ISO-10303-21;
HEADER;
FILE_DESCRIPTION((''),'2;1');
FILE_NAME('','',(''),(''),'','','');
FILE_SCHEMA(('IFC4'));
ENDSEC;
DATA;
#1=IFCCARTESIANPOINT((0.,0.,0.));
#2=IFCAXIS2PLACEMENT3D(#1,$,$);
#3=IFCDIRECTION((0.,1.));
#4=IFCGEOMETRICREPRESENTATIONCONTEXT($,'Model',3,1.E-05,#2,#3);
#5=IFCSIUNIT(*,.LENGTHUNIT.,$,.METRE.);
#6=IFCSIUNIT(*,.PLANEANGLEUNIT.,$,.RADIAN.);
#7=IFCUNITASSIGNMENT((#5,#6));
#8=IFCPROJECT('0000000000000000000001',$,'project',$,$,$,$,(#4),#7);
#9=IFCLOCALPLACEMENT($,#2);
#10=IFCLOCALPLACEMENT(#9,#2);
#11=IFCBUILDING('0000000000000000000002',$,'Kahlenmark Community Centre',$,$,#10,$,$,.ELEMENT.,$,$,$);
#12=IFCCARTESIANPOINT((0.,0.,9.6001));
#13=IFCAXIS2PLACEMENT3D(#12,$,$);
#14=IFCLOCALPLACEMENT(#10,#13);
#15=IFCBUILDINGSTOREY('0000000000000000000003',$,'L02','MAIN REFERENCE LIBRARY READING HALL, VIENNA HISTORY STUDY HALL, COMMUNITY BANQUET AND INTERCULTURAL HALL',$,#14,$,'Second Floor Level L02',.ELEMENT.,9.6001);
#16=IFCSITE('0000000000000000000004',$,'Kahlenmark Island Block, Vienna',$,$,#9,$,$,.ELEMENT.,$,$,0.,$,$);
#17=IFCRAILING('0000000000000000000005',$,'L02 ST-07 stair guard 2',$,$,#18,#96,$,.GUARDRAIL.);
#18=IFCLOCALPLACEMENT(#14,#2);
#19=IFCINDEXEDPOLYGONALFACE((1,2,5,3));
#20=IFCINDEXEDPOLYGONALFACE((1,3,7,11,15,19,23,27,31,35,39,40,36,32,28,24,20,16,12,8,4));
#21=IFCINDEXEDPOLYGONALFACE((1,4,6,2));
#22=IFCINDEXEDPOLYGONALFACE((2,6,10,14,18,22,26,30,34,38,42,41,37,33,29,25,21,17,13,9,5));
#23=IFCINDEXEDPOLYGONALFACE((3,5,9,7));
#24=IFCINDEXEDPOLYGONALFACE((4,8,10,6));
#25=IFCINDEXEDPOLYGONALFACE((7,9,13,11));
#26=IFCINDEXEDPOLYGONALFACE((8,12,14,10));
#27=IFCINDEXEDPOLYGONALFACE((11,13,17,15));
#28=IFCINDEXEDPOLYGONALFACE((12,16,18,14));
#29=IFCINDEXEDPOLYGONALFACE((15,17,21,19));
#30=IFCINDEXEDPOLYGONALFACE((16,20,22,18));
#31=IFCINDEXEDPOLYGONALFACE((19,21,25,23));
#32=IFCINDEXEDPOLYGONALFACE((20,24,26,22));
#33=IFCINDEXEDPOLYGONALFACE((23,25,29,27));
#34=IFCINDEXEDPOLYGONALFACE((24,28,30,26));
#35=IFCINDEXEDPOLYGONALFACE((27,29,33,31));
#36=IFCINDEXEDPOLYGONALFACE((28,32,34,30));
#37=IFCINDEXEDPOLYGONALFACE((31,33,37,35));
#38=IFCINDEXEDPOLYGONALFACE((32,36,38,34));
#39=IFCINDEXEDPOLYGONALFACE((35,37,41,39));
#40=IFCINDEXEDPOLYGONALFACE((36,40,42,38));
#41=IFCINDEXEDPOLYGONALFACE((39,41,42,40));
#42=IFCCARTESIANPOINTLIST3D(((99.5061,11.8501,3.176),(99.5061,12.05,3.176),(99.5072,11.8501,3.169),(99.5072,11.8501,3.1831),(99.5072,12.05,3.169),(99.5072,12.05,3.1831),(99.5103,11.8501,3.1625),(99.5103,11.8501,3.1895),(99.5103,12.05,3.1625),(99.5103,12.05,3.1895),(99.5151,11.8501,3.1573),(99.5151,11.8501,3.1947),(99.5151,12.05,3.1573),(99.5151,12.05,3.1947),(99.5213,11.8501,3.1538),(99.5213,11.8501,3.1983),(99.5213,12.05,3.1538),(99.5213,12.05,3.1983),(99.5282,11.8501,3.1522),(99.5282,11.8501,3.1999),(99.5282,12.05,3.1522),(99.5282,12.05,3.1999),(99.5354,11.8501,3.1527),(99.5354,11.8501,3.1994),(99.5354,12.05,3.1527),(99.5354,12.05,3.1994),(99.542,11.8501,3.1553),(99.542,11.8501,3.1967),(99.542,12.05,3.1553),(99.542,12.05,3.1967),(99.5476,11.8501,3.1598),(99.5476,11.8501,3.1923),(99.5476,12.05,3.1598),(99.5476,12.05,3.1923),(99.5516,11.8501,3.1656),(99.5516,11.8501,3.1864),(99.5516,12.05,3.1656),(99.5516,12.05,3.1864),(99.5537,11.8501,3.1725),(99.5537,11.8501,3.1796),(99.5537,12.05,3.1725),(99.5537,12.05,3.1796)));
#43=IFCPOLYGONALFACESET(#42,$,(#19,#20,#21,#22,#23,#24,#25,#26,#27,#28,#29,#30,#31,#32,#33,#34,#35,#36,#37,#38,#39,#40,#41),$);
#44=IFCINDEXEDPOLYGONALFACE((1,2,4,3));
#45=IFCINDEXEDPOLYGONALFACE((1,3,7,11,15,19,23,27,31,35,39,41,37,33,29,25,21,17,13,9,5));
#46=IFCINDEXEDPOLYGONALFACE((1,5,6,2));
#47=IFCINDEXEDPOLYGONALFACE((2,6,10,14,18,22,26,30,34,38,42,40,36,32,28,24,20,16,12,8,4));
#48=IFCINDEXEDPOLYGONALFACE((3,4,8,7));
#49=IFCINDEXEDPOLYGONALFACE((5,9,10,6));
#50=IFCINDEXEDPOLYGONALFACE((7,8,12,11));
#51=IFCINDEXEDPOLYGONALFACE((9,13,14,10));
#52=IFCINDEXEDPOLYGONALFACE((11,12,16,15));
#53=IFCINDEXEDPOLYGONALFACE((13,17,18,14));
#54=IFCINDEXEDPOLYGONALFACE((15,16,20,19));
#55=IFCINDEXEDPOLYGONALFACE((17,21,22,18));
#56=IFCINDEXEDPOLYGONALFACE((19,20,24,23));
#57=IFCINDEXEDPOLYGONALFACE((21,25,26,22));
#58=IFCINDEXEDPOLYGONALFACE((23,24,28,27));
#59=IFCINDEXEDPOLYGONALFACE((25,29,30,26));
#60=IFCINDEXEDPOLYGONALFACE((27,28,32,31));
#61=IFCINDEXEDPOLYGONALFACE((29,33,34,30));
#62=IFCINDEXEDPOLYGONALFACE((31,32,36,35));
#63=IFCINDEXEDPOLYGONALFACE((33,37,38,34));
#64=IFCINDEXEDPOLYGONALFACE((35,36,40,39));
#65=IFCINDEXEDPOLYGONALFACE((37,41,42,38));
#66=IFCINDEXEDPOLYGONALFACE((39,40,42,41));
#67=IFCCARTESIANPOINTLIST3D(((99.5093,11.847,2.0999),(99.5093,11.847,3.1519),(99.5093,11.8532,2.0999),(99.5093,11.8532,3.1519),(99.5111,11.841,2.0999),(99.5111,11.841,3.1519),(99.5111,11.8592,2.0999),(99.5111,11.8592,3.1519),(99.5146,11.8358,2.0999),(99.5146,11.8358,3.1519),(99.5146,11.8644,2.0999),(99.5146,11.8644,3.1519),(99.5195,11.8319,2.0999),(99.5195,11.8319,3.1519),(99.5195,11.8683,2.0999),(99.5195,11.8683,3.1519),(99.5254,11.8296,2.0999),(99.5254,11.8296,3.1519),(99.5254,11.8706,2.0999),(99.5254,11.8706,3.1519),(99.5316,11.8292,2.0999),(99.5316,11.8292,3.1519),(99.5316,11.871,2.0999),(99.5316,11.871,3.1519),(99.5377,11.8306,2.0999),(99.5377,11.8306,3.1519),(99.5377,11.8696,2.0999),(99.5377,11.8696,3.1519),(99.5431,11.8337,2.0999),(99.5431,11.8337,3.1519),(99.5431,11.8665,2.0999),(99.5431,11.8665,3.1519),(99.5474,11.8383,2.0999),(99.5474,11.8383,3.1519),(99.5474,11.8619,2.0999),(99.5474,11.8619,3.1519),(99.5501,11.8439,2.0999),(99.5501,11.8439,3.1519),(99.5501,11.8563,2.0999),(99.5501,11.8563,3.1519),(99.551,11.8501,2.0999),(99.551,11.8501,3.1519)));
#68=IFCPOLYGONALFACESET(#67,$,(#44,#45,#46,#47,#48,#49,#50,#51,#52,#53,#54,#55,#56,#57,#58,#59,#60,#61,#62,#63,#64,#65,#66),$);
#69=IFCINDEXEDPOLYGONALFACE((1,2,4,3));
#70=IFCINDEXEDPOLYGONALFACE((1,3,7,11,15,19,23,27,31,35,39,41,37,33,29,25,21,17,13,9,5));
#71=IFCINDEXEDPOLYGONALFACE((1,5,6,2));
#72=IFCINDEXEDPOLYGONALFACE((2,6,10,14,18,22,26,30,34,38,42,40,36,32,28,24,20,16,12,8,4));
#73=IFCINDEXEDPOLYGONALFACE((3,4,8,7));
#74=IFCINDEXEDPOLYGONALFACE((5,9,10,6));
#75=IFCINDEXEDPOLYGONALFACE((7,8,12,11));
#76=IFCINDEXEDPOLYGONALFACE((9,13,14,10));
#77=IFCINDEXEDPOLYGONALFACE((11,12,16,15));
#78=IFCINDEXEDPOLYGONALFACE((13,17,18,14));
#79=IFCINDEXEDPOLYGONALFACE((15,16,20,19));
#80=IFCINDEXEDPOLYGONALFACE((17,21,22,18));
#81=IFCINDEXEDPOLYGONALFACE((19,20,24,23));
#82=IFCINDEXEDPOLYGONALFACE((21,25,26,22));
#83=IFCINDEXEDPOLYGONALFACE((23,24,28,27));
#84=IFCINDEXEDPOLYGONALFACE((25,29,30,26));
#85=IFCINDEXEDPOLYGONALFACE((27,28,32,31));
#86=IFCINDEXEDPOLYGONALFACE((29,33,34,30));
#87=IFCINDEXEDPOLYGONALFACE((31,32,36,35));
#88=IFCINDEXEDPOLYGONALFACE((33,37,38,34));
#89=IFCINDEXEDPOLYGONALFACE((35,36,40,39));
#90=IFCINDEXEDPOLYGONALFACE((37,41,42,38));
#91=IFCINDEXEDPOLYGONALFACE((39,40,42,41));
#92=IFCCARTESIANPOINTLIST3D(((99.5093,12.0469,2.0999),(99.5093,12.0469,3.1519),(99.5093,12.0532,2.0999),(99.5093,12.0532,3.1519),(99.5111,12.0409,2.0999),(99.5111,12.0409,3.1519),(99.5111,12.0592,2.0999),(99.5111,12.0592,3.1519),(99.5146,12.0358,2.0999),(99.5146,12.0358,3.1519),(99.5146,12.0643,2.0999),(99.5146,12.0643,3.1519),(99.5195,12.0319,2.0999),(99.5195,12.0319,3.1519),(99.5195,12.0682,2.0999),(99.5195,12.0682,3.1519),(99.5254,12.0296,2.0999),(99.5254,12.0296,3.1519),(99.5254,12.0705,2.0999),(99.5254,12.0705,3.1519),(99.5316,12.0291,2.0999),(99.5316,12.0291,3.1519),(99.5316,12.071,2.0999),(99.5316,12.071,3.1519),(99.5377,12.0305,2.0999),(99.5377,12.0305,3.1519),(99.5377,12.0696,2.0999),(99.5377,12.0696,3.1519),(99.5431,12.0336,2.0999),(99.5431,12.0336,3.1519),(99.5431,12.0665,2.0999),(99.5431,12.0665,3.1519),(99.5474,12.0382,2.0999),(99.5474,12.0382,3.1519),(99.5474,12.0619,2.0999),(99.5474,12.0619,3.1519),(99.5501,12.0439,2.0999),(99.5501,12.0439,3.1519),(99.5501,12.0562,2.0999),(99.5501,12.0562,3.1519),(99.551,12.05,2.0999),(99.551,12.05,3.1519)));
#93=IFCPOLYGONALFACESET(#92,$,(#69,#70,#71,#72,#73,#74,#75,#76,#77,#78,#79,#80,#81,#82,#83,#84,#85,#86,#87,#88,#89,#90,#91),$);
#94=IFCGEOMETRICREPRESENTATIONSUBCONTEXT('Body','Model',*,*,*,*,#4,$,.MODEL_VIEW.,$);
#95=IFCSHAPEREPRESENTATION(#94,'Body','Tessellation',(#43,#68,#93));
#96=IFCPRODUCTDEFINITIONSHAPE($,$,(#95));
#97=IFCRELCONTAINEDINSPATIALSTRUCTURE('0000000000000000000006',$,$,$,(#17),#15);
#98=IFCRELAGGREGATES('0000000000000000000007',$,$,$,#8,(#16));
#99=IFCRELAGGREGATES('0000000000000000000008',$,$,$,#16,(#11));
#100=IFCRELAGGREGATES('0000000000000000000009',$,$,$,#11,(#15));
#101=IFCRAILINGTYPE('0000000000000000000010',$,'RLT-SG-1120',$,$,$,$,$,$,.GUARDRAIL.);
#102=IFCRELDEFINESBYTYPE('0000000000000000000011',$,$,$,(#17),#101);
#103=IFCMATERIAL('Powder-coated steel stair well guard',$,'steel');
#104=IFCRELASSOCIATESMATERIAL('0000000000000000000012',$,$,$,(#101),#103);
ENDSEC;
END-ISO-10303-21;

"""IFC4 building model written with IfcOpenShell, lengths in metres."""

from ifc_helpers import new_model, si_unit, direction, frame, origin, origin_2d, place, context, subcontext, project, spatial, circle, extrude, material, type_object, element, save


model = new_model("IFC4")

# Units and contexts
model_context = context("Model", 3, precision=1e-05, world=origin(), true_north=direction((0.0, 1.0)))
body_context = subcontext(model_context, "Body", "Model", "MODEL_VIEW")
ifc_project = project(units=[si_unit("LENGTHUNIT", "METRE"), si_unit("PLANEANGLEUNIT", "RADIAN")], contexts=[model_context])

# Site, building, storey
site_placement = place(None, origin())
site = spatial("IfcSite", under=ifc_project, at=site_placement, Name="Kahlenmark Island Block, Vienna", CompositionType="ELEMENT", RefElevation=0.0)
building_placement = place(site_placement, origin())
building = spatial("IfcBuilding", under=site, at=building_placement, Name="Kahlenmark Community Centre", CompositionType="ELEMENT")
storey_placement = place(building_placement, frame((0.0, 0.0, 9.6001)))
storey = spatial("IfcBuildingStorey", under=building, at=storey_placement, Name="L02", Description="MAIN REFERENCE LIBRARY READING HALL, VIENNA HISTORY STUDY HALL, COMMUNITY BANQUET AND INTERCULTURAL HALL", LongName="Second Floor Level L02", CompositionType="ELEMENT", Elevation=9.6001)

# Railing
ifc_material_1 = material(Name="Powder-coated steel stair well guard", Category="steel")
railing_type_1 = type_object("IfcRailingType", Name="RLT-SG-1120", PredefinedType="GUARDRAIL", material=ifc_material_1)
railing_1_placement = place(storey_placement, frame((99.53, 11.8501, 2.0999)))
element("IfcRailing", 1, at=railing_1_placement, inside=storey, type_object=railing_type_1, Name="L02 ST-07 stair guard 2", PredefinedType="GUARDRAIL", context=body_context, shape_type="SweptSolid", body=[
    extrude(circle(Radius=0.0239, at=origin_2d()), frame((0.0, 0.0, 1.0762), z_axis=(0.0, 1.0, 0.0), x_axis=(-1.0, 0.0, 0.0)), (0.0, 0.0, 1.0), 0.2),
    extrude(circle(Radius=0.021, at=origin_2d()), origin(), (0.0, 0.0, 1.0), 1.052),
    extrude(circle(Radius=0.021, at=origin_2d()), frame((0.0, 0.2, 0.0)), (0.0, 0.0, 1.0), 1.052),
])

save(model, "model.ifc")
